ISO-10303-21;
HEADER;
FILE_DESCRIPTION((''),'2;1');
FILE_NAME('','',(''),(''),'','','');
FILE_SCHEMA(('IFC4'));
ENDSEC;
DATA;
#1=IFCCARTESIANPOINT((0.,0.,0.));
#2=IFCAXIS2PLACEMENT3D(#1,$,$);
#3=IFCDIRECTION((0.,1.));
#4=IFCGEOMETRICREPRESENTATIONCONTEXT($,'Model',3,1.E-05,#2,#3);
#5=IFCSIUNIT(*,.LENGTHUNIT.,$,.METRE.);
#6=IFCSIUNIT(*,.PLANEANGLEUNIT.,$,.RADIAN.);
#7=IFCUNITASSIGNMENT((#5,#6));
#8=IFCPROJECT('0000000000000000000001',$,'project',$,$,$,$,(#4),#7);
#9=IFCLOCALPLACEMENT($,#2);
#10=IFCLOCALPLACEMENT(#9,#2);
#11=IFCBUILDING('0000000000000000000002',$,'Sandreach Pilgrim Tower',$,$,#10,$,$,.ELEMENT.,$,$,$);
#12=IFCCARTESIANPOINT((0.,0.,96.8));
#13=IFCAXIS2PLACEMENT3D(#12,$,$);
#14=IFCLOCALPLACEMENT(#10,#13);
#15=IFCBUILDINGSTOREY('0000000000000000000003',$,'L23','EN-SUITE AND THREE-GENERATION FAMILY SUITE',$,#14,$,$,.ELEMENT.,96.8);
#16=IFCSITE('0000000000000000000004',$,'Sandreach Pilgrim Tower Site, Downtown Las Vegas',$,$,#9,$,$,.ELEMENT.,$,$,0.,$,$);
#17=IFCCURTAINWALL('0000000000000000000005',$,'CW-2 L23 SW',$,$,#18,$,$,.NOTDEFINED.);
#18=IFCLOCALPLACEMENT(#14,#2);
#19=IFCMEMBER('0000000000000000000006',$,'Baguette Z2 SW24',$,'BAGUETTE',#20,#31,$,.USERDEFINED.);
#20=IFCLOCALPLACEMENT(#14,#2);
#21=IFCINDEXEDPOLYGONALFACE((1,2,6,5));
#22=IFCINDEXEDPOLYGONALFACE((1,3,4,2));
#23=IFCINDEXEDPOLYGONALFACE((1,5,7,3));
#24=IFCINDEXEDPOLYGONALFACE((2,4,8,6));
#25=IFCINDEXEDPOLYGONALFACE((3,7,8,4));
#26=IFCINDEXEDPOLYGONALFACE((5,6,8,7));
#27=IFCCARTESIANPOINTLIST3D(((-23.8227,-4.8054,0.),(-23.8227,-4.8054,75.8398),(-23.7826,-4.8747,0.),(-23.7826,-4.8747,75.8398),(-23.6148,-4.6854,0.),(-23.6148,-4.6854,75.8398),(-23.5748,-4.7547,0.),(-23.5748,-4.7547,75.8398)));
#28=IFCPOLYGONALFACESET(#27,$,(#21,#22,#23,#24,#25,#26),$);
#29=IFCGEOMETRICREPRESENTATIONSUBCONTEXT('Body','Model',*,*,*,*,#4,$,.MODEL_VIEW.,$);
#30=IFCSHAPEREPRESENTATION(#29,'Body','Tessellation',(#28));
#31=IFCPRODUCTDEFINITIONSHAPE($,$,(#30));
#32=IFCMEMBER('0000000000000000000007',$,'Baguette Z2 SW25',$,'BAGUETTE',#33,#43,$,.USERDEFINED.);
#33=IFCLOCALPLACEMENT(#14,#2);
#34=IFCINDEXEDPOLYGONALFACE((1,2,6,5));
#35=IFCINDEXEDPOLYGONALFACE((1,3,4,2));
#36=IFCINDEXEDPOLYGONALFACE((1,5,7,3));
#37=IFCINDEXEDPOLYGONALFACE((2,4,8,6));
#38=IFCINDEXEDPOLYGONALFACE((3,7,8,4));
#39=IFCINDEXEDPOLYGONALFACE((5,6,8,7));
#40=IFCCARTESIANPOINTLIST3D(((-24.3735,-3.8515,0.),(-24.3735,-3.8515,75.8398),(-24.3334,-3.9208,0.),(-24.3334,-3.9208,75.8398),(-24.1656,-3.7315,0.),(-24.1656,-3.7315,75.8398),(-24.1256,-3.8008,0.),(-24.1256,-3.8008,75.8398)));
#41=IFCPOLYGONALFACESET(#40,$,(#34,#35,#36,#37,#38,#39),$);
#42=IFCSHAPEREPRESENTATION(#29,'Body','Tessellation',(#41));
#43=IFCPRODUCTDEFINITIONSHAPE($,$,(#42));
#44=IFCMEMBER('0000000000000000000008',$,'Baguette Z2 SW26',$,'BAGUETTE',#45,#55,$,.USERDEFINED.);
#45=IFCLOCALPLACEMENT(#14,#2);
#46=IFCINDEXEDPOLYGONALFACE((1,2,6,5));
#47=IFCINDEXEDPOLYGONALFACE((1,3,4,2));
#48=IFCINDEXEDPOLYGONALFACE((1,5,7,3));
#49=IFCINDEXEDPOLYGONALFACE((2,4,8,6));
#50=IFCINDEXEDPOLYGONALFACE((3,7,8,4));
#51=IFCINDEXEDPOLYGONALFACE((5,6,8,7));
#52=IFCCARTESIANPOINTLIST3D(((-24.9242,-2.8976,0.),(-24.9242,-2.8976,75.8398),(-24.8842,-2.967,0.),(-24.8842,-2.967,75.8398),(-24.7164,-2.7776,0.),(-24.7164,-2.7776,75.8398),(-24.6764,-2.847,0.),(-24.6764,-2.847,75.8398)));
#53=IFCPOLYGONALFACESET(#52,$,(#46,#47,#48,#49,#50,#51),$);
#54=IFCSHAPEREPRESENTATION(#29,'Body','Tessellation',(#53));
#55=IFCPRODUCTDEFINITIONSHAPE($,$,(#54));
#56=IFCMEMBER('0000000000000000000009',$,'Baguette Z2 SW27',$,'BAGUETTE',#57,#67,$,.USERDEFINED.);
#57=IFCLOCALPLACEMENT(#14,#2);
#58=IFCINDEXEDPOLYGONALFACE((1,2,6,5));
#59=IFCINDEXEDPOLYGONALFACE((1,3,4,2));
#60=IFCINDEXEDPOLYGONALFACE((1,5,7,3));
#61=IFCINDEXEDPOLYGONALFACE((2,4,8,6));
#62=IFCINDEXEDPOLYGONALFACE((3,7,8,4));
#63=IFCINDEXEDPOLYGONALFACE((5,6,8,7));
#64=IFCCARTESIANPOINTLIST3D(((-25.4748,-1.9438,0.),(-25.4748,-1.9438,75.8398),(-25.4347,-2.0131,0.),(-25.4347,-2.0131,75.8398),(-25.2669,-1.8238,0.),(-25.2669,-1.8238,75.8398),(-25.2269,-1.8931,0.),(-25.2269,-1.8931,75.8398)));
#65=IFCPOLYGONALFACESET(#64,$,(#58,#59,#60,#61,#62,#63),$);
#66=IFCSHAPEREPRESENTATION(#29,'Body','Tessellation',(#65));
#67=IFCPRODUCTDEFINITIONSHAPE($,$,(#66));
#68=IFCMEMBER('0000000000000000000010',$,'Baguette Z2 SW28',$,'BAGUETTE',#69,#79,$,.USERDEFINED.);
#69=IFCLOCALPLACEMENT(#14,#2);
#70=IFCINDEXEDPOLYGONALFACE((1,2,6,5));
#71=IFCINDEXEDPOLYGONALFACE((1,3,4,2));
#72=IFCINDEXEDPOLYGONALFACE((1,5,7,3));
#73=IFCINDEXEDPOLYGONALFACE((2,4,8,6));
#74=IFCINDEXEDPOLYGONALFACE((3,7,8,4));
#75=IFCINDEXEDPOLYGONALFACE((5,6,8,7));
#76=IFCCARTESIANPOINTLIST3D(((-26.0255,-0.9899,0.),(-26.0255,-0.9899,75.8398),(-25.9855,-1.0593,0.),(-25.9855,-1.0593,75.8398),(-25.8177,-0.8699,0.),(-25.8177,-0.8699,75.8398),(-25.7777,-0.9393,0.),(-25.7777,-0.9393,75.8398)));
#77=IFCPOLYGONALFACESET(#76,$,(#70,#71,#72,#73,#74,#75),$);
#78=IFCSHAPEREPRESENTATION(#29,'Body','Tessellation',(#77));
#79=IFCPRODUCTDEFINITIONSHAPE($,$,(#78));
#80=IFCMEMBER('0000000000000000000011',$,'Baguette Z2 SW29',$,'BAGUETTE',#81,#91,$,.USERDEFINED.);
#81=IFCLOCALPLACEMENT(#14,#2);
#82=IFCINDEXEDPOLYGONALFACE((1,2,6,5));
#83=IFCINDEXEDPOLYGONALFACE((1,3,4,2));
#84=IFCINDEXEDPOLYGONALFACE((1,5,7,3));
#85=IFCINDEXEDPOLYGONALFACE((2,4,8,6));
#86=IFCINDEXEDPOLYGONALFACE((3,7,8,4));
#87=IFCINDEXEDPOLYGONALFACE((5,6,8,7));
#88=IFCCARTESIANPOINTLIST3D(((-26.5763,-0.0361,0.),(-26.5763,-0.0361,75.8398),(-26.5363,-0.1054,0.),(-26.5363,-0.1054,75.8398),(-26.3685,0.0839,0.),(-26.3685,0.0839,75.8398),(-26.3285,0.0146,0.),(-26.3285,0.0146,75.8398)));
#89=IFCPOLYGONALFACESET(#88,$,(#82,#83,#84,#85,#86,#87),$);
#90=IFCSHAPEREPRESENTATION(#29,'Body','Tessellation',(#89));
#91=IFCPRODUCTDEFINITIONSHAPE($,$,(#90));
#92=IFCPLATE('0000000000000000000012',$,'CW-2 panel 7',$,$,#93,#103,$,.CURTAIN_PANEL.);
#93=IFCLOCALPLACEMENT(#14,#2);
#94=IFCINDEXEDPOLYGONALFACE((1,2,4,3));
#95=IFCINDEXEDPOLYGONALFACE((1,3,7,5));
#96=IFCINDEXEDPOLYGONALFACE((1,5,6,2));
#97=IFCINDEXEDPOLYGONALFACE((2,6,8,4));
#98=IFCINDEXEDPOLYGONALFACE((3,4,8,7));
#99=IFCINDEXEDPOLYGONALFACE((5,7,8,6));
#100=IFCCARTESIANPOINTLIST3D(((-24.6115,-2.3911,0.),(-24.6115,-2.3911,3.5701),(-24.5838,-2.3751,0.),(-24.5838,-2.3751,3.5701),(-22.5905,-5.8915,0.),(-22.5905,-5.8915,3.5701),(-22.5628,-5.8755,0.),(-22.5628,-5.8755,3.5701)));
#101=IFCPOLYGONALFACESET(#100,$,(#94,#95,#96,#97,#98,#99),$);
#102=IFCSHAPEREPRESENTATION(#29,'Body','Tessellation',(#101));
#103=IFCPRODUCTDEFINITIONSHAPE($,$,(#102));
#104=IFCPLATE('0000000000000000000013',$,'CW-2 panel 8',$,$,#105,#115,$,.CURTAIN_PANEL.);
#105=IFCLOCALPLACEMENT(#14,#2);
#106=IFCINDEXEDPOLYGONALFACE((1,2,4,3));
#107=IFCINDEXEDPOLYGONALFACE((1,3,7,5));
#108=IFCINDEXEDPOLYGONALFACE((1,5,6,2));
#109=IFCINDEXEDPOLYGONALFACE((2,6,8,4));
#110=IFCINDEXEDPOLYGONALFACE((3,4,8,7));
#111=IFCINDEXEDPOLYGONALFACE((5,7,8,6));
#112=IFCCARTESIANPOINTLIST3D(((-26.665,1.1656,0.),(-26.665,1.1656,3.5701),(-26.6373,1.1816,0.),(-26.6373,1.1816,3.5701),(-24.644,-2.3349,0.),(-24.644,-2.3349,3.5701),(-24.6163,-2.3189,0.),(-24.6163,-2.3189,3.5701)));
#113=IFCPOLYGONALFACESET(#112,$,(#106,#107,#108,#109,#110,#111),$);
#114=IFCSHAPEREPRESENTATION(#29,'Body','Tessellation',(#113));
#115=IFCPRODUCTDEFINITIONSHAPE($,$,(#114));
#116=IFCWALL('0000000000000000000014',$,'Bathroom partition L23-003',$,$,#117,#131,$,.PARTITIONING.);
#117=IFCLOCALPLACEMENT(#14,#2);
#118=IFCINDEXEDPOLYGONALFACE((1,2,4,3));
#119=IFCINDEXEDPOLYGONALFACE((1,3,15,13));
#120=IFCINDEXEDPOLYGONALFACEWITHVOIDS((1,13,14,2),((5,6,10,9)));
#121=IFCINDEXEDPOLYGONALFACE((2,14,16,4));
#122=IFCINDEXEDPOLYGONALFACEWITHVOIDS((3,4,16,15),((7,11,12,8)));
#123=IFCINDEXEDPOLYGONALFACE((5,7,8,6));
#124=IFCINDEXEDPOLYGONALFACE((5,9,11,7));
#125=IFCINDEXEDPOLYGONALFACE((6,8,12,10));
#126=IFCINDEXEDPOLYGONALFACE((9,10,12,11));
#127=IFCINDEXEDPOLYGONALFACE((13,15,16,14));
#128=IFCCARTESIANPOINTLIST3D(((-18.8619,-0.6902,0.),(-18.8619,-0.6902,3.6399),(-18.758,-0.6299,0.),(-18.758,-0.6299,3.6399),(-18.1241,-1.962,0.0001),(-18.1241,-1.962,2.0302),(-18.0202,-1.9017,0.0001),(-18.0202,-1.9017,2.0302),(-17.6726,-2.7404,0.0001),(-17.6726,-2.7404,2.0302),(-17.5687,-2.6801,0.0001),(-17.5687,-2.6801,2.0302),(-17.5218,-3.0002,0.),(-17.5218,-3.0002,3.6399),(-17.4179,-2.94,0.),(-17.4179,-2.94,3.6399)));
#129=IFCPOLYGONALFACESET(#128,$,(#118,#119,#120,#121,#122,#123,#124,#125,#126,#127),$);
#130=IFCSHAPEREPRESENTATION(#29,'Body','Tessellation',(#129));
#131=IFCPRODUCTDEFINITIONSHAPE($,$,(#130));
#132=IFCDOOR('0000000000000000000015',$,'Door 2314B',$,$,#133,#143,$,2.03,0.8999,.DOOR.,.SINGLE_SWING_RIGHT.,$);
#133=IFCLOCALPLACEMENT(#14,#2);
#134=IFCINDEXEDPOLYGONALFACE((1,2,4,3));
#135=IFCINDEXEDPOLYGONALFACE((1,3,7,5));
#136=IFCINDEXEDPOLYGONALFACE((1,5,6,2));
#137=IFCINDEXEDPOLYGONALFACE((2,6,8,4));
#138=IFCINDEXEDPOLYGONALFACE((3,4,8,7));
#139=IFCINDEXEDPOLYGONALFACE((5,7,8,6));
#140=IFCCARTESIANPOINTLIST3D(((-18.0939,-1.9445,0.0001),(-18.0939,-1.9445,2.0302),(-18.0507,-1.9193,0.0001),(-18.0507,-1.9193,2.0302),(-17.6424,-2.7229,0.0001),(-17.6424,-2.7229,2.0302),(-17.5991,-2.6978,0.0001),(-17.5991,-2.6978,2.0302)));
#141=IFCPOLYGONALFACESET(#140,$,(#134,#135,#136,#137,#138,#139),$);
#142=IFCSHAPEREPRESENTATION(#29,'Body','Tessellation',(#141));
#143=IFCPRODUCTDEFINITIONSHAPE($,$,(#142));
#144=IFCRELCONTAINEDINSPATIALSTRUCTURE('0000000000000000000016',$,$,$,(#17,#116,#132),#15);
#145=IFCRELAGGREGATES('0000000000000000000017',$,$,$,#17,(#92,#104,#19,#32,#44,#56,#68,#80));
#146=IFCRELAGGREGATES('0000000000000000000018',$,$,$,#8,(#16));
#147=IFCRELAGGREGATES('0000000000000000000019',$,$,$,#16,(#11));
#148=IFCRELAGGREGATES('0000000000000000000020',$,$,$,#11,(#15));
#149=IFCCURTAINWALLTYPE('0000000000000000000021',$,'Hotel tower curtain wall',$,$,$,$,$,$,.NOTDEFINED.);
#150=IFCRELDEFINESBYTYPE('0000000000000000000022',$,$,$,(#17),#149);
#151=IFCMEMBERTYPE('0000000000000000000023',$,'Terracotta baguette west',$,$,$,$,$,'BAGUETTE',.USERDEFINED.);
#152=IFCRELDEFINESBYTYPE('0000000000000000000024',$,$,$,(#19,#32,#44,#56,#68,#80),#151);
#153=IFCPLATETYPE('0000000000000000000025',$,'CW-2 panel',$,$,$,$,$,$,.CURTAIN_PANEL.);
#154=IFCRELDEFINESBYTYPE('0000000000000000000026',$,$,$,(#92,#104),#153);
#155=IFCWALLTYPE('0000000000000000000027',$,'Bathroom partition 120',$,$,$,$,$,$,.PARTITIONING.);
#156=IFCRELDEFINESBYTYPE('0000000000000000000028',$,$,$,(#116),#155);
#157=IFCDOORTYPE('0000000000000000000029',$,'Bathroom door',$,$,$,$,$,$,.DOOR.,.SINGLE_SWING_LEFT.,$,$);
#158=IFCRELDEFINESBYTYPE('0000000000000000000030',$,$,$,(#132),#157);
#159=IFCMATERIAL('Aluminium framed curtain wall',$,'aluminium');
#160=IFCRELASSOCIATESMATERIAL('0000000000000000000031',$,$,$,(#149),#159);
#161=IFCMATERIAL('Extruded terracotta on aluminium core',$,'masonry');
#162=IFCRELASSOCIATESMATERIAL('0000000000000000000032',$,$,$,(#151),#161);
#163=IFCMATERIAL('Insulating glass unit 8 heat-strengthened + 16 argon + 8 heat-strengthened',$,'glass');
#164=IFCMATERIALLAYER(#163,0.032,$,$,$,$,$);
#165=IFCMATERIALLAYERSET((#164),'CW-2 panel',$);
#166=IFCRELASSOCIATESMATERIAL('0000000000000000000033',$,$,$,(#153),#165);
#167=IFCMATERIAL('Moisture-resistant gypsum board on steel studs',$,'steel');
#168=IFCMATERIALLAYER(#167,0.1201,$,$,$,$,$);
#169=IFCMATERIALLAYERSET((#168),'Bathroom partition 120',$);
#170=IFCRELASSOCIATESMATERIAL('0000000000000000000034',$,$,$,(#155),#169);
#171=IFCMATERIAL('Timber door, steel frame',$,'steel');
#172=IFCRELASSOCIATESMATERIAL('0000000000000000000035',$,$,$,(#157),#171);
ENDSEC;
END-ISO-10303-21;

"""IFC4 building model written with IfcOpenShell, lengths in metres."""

from ifc_helpers import new_model, si_unit, direction, frame, frame_2d, origin, origin_2d, place, context, subcontext, project, spatial, rectangle, extrude, material, layer, layer_set, material_profile, profile_set, type_object, element, fill, aggregate, save


model = new_model("IFC4")

# Units and contexts
model_context = context("Model", 3, precision=1e-05, world=origin(), true_north=direction((0.0, 1.0)))
body_context = subcontext(model_context, "Body", "Model", "MODEL_VIEW")
ifc_project = project(units=[si_unit("LENGTHUNIT", "METRE"), si_unit("PLANEANGLEUNIT", "RADIAN")], contexts=[model_context])

# Site, building, storey
site_placement = place(None, origin())
site = spatial("IfcSite", under=ifc_project, at=site_placement, Name="Sandreach Pilgrim Tower Site, Downtown Las Vegas", CompositionType="ELEMENT", RefElevation=0.0)
building_placement = place(site_placement, origin())
building = spatial("IfcBuilding", under=site, at=building_placement, Name="Sandreach Pilgrim Tower", CompositionType="ELEMENT")
storey_placement = place(building_placement, frame((0.0, 0.0, 96.8)))
storey = spatial("IfcBuildingStorey", under=building, at=storey_placement, Name="L23", Description="EN-SUITE AND THREE-GENERATION FAMILY SUITE", CompositionType="ELEMENT", Elevation=96.8)

# Curtain wall
ifc_material_1 = material(Name="Aluminium framed curtain wall", Category="aluminium")
curtain_wall_type = type_object("IfcCurtainWallType", Name="Hotel tower curtain wall", PredefinedType="NOTDEFINED", material=ifc_material_1)
curtain_wall_placement = place(storey_placement, origin())
curtain_wall = element("IfcCurtainWall", 1, at=curtain_wall_placement, inside=storey, type_object=curtain_wall_type, Name="CW-2 L23 SW", PredefinedType="NOTDEFINED")

# Members
ifc_material_2 = material(Name="Extruded terracotta on aluminium core", Category="masonry")
ifc_material_profile_1 = material_profile(ifc_material_2, rectangle(XDim=0.0801, YDim=0.24, at=origin_2d()), Name="TBW 80X240")
ifc_profile_set_1 = profile_set([ifc_material_profile_1], Name="Extruded terracotta on aluminium core")
member_type_1 = type_object("IfcMemberType", Name="Terracotta baguette west", ElementType="BAGUETTE", PredefinedType="USERDEFINED", material=ifc_profile_set_1)
member_1_placement = place(storey_placement, frame((-23.6987, -4.78, 0.0), z_axis=(0.0, 0.0, 1.0), x_axis=(-0.5, 0.866025, 0.0)))
member_1 = element("IfcMember", 2, at=member_1_placement, type_object=member_type_1, Name="Baguette Z2 SW24", ObjectType="BAGUETTE", PredefinedType="USERDEFINED", context=body_context, shape_type="SweptSolid", body=[
    extrude(rectangle(XDim=0.0801, YDim=0.24, at=origin_2d()), origin(), (0.0, 0.0, 1.0), 75.8398),
])
member_2_placement = place(storey_placement, frame((-24.2495, -3.8262, 0.0), z_axis=(0.0, 0.0, 1.0), x_axis=(-0.5, 0.866025, 0.0)))
member_2 = element("IfcMember", 3, at=member_2_placement, type_object=member_type_1, Name="Baguette Z2 SW25", ObjectType="BAGUETTE", PredefinedType="USERDEFINED", context=body_context, shape_type="SweptSolid", body=[
    extrude(rectangle(XDim=0.0801, YDim=0.24, at=origin_2d()), origin(), (0.0, 0.0, 1.0), 75.8398),
])
member_3_placement = place(storey_placement, frame((-24.8003, -2.8723, 0.0), z_axis=(0.0, 0.0, 1.0), x_axis=(-0.5, 0.866025, 0.0)))
member_3 = element("IfcMember", 4, at=member_3_placement, type_object=member_type_1, Name="Baguette Z2 SW26", ObjectType="BAGUETTE", PredefinedType="USERDEFINED", context=body_context, shape_type="SweptSolid", body=[
    extrude(rectangle(XDim=0.0801, YDim=0.24, at=origin_2d()), origin(), (0.0, 0.0, 1.0), 75.8398),
])
member_4_placement = place(storey_placement, frame((-25.3508, -1.9185, 0.0), z_axis=(0.0, 0.0, 1.0), x_axis=(-0.5, 0.866025, 0.0)))
member_4 = element("IfcMember", 5, at=member_4_placement, type_object=member_type_1, Name="Baguette Z2 SW27", ObjectType="BAGUETTE", PredefinedType="USERDEFINED", context=body_context, shape_type="SweptSolid", body=[
    extrude(rectangle(XDim=0.0801, YDim=0.24, at=origin_2d()), origin(), (0.0, 0.0, 1.0), 75.8398),
])
member_5_placement = place(storey_placement, frame((-25.9016, -0.9646, 0.0), z_axis=(0.0, 0.0, 1.0), x_axis=(-0.5, 0.866025, 0.0)))
member_5 = element("IfcMember", 6, at=member_5_placement, type_object=member_type_1, Name="Baguette Z2 SW28", ObjectType="BAGUETTE", PredefinedType="USERDEFINED", context=body_context, shape_type="SweptSolid", body=[
    extrude(rectangle(XDim=0.0801, YDim=0.24, at=origin_2d()), origin(), (0.0, 0.0, 1.0), 75.8398),
])
member_6_placement = place(storey_placement, frame((-26.4524, -0.0107, 0.0), z_axis=(0.0, 0.0, 1.0), x_axis=(-0.5, 0.866025, 0.0)))
member_6 = element("IfcMember", 7, at=member_6_placement, type_object=member_type_1, Name="Baguette Z2 SW29", ObjectType="BAGUETTE", PredefinedType="USERDEFINED", context=body_context, shape_type="SweptSolid", body=[
    extrude(rectangle(XDim=0.0801, YDim=0.24, at=origin_2d()), origin(), (0.0, 0.0, 1.0), 75.8398),
])

# Plates
ifc_material_3 = material(Name="Insulating glass unit 8 heat-strengthened + 16 argon + 8 heat-strengthened", Category="glass")
ifc_layer_1 = layer(ifc_material_3, 0.032)
ifc_layer_set_1 = layer_set([ifc_layer_1], Name="CW-2 panel")
plate_type = type_object("IfcPlateType", Name="CW-2 panel", PredefinedType="CURTAIN_PANEL", material=ifc_layer_set_1)
plate_1_placement = place(storey_placement, frame((-23.5872, -4.1333, 0.0), z_axis=(0.0, 0.0, 1.0), x_axis=(-0.5, 0.866025, 0.0)))
plate_1 = element("IfcPlate", 8, at=plate_1_placement, type_object=plate_type, Name="CW-2 panel 7", PredefinedType="CURTAIN_PANEL", context=body_context, shape_type="SweptSolid", body=[
    extrude(rectangle(XDim=4.042, YDim=0.032, at=origin_2d()), origin(), (0.0, 0.0, 1.0), 3.5701),
])
plate_2_placement = place(storey_placement, frame((-25.6406, -0.5767, 0.0), z_axis=(0.0, 0.0, 1.0), x_axis=(-0.5, 0.866025, 0.0)))
plate_2 = element("IfcPlate", 9, at=plate_2_placement, type_object=plate_type, Name="CW-2 panel 8", PredefinedType="CURTAIN_PANEL", context=body_context, shape_type="SweptSolid", body=[
    extrude(rectangle(XDim=4.042, YDim=0.032, at=origin_2d()), origin(), (0.0, 0.0, 1.0), 3.5701),
])
aggregate(curtain_wall, [plate_1, plate_2, member_1, member_2, member_3, member_4, member_5, member_6])

# Wall, opening, door
ifc_material_4 = material(Name="Moisture-resistant gypsum board on steel studs", Category="steel")
ifc_layer_2 = layer(ifc_material_4, 0.1201)
ifc_layer_set_2 = layer_set([ifc_layer_2], Name="Bathroom partition 120")
wall_type = type_object("IfcWallType", Name="Bathroom partition 120", PredefinedType="PARTITIONING", material=ifc_layer_set_2)
wall_placement = place(storey_placement, frame((-18.8101, -0.6599, 0.0), z_axis=(0.0, 0.0, 1.0), x_axis=(0.501789, -0.86499, 0.0)))
wall = element("IfcWall", 10, at=wall_placement, inside=storey, type_object=wall_type, Name="Bathroom partition L23-003", PredefinedType="PARTITIONING", context=body_context, shape_type="SweptSolid", body=[
    extrude(rectangle(XDim=2.6707, YDim=0.1201, at=frame_2d((1.3354, 0.0))), origin(), (0.0, 0.0, 1.0), 3.6399),
])
opening_placement = place(wall_placement, frame((1.4705, 0.0, 0.0)))
opening = element("IfcOpeningElement", 11, at=opening_placement, cuts=wall, PredefinedType="OPENING", context=body_context, shape_type="SweptSolid", body=[
    extrude(rectangle(XDim=0.8999, YDim=2.03, at=frame_2d((0.45, 1.0151))), frame((0.0, 0.0601, 0.0), z_axis=(0.0, -1.0, 0.0), x_axis=(1.0, 0.0, 0.0)), (0.0, 0.0, 1.0), 0.1201),
])
ifc_material_5 = material(Name="Timber door, steel frame", Category="steel")
door_type = type_object("IfcDoorType", Name="Bathroom door", OperationType="SINGLE_SWING_LEFT", PredefinedType="DOOR", material=ifc_material_5)
door_placement = place(opening_placement, origin())
door = element("IfcDoor", 12, at=door_placement, inside=storey, type_object=door_type, Name="Door 2314B", OperationType="SINGLE_SWING_RIGHT", OverallHeight=2.03, OverallWidth=0.8999, PredefinedType="DOOR", context=body_context, shape_type="SweptSolid", body=[
    extrude(rectangle(XDim=0.8999, YDim=2.03, at=frame_2d((0.45, 1.0151))), frame((0.0, 0.0249, 0.0), z_axis=(0.0, -1.0, 0.0), x_axis=(1.0, 0.0, 0.0)), (0.0, 0.0, 1.0), 0.05),
])
fill(opening, door)

save(model, "model.ifc")
